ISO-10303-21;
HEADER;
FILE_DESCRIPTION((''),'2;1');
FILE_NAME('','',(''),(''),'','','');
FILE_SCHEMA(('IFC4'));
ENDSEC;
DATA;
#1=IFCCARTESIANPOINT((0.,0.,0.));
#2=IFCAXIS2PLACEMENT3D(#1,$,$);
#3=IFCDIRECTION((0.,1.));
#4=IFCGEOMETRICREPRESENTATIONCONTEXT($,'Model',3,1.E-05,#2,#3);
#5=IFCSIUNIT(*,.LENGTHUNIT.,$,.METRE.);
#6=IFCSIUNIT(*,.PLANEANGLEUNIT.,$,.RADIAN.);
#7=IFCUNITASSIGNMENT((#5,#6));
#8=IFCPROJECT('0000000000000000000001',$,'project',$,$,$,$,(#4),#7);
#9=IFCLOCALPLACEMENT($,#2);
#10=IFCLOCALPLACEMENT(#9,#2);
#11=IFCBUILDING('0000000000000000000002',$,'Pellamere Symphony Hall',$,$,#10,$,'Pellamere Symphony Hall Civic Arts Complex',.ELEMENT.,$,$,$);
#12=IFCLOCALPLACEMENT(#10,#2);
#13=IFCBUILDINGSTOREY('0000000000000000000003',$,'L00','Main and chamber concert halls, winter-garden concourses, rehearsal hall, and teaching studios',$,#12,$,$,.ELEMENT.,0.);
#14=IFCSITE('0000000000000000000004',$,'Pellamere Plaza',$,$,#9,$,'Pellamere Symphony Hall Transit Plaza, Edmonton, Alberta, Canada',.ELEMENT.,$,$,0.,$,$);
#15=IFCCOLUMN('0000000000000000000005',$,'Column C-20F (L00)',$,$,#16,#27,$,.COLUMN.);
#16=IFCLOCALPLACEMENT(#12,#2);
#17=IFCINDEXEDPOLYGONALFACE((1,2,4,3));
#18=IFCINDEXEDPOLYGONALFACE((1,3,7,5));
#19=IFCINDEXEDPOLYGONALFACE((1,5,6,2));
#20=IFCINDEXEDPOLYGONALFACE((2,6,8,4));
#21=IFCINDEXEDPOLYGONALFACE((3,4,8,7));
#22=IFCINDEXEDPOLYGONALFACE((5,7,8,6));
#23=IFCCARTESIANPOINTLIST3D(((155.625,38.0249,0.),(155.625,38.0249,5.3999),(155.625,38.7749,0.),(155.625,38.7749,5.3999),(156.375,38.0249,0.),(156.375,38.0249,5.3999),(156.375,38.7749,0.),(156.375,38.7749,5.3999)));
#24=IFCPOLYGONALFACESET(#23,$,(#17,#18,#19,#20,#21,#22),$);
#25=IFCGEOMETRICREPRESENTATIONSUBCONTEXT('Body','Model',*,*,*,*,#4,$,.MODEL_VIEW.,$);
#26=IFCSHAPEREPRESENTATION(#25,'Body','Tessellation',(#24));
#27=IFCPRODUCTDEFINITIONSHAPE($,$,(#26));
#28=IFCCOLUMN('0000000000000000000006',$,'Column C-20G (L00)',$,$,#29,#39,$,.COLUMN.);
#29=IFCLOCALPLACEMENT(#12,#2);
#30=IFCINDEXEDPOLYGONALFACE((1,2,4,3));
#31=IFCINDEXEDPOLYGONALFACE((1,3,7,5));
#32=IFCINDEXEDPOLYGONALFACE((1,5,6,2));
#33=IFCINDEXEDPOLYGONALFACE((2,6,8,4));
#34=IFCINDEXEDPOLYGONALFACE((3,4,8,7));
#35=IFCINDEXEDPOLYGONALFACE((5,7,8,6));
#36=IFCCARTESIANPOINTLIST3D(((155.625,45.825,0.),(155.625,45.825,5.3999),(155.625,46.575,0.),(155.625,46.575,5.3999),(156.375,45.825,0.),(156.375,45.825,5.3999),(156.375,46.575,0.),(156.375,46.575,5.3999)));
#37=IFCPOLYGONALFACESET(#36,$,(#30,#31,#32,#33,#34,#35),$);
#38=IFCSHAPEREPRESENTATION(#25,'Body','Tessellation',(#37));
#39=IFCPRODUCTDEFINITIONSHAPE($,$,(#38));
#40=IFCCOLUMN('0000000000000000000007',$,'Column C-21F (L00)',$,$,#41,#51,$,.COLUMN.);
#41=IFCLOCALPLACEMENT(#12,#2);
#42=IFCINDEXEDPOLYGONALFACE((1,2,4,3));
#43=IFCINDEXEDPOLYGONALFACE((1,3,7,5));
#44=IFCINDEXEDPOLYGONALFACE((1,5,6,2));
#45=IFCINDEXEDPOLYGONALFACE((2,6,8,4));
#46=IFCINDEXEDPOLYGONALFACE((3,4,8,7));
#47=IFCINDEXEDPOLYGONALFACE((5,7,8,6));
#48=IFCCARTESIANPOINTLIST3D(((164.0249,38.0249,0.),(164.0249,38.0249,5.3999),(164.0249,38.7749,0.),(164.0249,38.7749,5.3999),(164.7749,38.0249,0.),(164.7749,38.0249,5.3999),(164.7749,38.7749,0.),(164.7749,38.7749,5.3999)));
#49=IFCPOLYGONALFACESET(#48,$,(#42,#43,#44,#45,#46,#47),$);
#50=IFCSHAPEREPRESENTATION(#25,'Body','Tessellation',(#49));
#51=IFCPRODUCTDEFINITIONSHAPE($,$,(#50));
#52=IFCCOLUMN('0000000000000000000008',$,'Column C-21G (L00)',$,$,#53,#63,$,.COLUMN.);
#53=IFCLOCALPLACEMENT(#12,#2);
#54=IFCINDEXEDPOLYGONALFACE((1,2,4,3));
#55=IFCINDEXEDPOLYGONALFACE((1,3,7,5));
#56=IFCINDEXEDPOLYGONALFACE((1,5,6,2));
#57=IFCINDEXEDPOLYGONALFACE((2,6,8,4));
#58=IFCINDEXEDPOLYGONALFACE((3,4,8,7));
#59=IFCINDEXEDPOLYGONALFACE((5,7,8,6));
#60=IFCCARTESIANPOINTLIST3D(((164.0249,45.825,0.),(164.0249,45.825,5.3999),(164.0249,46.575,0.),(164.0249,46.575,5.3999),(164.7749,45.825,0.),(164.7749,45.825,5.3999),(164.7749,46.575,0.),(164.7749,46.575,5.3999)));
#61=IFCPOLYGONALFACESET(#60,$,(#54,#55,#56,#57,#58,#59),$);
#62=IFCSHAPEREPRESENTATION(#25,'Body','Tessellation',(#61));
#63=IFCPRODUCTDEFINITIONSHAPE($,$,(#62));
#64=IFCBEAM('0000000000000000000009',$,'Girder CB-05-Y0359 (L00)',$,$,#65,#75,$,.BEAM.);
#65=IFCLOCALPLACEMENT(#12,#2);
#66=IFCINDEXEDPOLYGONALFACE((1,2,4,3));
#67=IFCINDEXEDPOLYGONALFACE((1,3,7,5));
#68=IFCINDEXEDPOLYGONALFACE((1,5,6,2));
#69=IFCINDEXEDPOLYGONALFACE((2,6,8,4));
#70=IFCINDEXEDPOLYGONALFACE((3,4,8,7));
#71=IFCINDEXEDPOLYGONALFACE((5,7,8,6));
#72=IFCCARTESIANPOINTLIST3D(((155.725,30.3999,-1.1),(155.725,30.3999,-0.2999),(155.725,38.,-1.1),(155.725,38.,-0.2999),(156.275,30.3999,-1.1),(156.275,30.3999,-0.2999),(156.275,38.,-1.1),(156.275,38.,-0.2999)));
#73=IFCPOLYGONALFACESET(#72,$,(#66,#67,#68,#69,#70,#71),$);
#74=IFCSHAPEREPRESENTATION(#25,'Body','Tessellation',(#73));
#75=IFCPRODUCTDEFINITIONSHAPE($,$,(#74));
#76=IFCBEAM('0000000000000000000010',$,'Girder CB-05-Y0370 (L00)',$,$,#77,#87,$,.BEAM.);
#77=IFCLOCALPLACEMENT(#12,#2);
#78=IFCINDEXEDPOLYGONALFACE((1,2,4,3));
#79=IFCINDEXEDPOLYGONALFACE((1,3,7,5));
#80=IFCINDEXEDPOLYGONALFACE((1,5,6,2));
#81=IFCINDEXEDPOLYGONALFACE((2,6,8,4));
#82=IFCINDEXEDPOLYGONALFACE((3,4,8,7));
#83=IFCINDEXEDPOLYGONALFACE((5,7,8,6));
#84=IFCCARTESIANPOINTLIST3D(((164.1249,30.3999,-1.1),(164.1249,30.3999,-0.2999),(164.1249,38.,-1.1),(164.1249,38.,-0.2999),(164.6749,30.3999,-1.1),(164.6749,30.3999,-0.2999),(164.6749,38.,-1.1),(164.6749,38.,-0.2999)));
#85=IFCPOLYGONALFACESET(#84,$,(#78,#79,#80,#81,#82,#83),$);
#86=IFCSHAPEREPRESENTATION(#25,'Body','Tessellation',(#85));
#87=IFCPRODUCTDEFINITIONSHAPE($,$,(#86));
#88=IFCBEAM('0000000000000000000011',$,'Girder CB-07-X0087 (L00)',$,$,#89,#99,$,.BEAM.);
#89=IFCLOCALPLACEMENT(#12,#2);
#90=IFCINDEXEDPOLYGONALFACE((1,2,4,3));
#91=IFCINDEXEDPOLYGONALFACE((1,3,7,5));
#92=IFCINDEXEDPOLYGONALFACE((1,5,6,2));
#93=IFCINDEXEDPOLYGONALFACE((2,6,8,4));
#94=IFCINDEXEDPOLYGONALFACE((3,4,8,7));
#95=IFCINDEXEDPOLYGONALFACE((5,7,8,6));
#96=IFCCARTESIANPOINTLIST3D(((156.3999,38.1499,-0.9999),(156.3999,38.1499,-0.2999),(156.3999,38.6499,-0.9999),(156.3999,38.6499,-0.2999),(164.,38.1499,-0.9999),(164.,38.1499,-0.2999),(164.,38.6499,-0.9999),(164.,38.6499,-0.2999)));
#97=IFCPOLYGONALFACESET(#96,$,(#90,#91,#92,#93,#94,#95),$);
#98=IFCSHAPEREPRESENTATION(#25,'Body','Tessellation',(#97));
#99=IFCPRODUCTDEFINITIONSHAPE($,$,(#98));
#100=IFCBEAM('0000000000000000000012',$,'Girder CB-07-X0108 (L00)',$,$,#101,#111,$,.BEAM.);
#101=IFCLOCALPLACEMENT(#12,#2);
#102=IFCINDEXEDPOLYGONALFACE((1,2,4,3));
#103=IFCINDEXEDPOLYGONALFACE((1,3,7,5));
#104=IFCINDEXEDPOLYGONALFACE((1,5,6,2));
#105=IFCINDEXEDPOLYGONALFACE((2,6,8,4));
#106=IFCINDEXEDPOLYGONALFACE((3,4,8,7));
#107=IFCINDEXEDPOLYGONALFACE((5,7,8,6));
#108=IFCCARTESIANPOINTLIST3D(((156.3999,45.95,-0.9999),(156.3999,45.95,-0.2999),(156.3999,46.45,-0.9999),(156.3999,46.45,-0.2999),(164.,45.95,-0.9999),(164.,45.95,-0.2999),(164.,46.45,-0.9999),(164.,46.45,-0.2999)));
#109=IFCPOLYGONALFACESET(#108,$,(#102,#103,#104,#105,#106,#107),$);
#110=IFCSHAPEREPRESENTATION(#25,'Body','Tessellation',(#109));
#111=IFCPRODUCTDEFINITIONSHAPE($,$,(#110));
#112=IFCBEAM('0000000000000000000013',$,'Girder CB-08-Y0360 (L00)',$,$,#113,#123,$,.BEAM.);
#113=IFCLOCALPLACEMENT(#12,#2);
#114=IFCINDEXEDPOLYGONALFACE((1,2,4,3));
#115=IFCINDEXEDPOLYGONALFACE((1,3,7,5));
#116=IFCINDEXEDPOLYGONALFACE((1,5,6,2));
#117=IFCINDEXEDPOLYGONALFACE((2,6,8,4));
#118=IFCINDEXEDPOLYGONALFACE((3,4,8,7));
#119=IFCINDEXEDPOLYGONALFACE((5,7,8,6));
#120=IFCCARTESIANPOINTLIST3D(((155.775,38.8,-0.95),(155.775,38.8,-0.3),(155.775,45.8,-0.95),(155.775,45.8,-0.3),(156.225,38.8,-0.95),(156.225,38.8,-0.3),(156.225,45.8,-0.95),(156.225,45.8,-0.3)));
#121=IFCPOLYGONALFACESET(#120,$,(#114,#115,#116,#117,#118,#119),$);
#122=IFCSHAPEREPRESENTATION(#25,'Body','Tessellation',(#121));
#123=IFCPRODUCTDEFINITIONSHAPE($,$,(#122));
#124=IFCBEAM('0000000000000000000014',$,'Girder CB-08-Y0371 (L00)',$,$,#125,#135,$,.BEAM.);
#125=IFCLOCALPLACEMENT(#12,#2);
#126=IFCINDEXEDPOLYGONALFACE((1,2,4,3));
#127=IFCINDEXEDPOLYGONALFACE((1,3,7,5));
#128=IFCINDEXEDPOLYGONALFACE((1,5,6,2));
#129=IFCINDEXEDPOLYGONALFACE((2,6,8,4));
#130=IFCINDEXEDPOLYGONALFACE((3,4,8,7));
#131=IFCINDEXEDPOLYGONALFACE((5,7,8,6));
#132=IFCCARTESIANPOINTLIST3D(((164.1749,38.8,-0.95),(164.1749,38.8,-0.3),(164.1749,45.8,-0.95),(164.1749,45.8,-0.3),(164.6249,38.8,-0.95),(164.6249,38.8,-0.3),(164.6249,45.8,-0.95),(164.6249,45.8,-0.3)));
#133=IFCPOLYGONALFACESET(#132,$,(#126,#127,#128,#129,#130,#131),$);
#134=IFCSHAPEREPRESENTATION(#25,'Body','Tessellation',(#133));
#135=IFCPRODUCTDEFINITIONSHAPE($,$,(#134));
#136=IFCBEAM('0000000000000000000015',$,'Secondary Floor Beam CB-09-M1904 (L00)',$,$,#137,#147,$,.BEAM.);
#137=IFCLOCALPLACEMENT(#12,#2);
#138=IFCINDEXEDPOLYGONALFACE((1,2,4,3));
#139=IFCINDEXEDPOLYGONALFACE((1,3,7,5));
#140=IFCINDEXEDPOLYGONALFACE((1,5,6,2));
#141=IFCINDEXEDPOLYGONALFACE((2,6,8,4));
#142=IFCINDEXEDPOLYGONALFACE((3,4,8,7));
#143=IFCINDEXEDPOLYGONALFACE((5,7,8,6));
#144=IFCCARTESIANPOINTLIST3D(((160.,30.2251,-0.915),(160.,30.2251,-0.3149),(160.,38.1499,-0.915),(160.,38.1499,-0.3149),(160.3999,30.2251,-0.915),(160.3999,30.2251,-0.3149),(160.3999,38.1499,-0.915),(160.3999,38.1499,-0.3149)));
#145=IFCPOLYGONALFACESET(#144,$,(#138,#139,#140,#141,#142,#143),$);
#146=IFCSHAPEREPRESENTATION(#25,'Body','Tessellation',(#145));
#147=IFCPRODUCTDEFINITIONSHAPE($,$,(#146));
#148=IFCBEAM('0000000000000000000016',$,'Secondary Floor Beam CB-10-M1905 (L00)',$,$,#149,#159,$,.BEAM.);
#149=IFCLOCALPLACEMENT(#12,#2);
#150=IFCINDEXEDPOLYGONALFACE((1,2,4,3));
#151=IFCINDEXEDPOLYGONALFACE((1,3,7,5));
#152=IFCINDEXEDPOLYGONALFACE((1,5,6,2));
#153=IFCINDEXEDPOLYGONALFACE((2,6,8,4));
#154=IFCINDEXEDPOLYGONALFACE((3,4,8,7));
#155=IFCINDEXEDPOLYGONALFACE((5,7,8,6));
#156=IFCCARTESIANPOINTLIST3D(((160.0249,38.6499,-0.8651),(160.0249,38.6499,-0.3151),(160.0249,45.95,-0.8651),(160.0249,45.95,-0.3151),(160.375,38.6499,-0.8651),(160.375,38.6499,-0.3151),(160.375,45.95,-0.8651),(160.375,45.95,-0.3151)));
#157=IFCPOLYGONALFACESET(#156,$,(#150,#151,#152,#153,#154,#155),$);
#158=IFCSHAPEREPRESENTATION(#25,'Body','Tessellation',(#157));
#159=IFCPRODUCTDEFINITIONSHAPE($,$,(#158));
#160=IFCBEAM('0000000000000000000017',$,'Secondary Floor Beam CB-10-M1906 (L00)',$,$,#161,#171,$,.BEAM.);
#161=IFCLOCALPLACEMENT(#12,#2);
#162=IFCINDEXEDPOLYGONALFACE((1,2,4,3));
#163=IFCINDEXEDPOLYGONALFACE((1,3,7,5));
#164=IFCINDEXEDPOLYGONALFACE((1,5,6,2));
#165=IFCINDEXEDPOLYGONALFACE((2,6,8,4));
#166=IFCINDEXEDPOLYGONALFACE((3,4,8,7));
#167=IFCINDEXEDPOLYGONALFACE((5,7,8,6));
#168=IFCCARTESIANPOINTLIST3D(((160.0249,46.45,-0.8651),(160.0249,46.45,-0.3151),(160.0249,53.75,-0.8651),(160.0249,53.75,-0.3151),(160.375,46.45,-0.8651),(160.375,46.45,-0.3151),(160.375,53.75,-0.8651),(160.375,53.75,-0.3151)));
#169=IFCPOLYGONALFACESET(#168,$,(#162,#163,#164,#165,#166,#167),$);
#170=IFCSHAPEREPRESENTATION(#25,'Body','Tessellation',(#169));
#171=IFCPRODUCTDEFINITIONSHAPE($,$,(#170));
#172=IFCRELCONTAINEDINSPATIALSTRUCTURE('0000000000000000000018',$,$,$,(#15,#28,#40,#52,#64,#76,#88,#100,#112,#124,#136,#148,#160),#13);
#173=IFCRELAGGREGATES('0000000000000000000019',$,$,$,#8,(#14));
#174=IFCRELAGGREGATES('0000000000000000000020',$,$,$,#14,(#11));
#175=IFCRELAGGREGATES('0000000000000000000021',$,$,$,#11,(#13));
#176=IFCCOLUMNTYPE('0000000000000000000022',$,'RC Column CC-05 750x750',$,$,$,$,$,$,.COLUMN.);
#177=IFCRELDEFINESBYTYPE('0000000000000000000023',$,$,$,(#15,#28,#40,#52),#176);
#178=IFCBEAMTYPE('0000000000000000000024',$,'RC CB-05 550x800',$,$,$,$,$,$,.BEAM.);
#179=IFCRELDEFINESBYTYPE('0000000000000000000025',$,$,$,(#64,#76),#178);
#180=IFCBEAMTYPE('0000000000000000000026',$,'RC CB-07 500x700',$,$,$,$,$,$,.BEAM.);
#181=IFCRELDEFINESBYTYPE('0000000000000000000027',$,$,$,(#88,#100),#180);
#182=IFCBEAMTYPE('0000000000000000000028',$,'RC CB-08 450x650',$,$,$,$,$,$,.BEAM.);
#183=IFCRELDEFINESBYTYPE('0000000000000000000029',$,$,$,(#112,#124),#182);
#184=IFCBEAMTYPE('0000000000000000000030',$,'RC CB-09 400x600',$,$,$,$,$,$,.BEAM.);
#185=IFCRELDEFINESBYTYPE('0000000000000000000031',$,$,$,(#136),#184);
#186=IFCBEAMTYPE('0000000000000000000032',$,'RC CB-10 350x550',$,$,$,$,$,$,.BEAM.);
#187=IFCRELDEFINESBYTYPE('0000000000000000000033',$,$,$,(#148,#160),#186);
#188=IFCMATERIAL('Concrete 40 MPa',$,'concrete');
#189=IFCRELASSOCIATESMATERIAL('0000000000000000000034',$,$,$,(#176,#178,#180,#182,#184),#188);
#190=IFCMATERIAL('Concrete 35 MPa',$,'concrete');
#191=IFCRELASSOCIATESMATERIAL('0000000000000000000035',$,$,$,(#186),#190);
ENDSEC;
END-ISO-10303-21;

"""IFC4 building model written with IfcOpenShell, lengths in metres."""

from ifc_helpers import new_model, si_unit, direction, frame, origin, origin_2d, place, context, subcontext, project, spatial, rectangle, extrude, material, material_profile, profile_set, type_object, element, save


model = new_model("IFC4")

# Units and contexts
model_context = context("Model", 3, precision=1e-05, world=origin(), true_north=direction((0.0, 1.0)))
body_context = subcontext(model_context, "Body", "Model", "MODEL_VIEW")
ifc_project = project(units=[si_unit("LENGTHUNIT", "METRE"), si_unit("PLANEANGLEUNIT", "RADIAN")], contexts=[model_context])

# Site, building, storey
site_placement = place(None, origin())
site = spatial("IfcSite", under=ifc_project, at=site_placement, Name="Pellamere Plaza", LongName="Pellamere Symphony Hall Transit Plaza, Edmonton, Alberta, Canada", CompositionType="ELEMENT", RefElevation=0.0)
building_placement = place(site_placement, origin())
building = spatial("IfcBuilding", under=site, at=building_placement, Name="Pellamere Symphony Hall", LongName="Pellamere Symphony Hall Civic Arts Complex", CompositionType="ELEMENT")
storey_placement = place(building_placement, origin())
storey = spatial("IfcBuildingStorey", under=building, at=storey_placement, Name="L00", Description="Main and chamber concert halls, winter-garden concourses, rehearsal hall, and teaching studios", CompositionType="ELEMENT", Elevation=0.0)

# Columns
ifc_material_1 = material(Name="Concrete 40 MPa", Category="concrete")
ifc_material_profile_1 = material_profile(ifc_material_1, rectangle(XDim=0.75, YDim=0.75, at=origin_2d()), Name="RC 750x750")
ifc_profile_set_1 = profile_set([ifc_material_profile_1], Name="Concrete 40 MPa")
column_type = type_object("IfcColumnType", Name="RC Column CC-05 750x750", PredefinedType="COLUMN", material=ifc_profile_set_1)
for number, where, z_axis, x_axis, name in (
    (1, (156.0, 38.3999, 0.0), (0.0, 0.0, 1.0), (1.0, 0.0, 0.0), "Column C-20F (L00)"),
    (2, (156.0, 46.2, 0.0), (0.0, 0.0, 1.0), (1.0, 0.0, 0.0), "Column C-20G (L00)"),
    (3, (164.3999, 38.3999, 0.0), (0.0, 0.0, 1.0), (1.0, 0.0, 0.0), "Column C-21F (L00)"),
    (4, (164.3999, 46.2, 0.0), (0.0, 0.0, 1.0), (1.0, 0.0, 0.0), "Column C-21G (L00)"),
):
    element("IfcColumn", number, at=place(storey_placement, frame(where, z_axis=z_axis, x_axis=x_axis)), inside=storey, type_object=column_type, Name=name, PredefinedType="COLUMN", context=body_context, shape_type="SweptSolid", body=[
        extrude(rectangle(XDim=0.75, YDim=0.75, at=origin_2d()), origin(), (0.0, 0.0, 1.0), 5.3999),
    ])

# Beams
ifc_material_profile_2 = material_profile(ifc_material_1, rectangle(XDim=0.55, YDim=0.8, at=origin_2d()), Name="RC 550x800")
ifc_profile_set_2 = profile_set([ifc_material_profile_2], Name="Concrete 40 MPa")
beam_type_1 = type_object("IfcBeamType", Name="RC CB-05 550x800", PredefinedType="BEAM", material=ifc_profile_set_2)
for number, where, z_axis, x_axis, name in (
    (5, (156.0, 30.3999, -0.7), (0.0, 1.0, 0.0), (-1.0, 0.0, 0.0), "Girder CB-05-Y0359 (L00)"),
    (6, (164.3999, 30.3999, -0.7), (0.0, 1.0, 0.0), (-1.0, 0.0, 0.0), "Girder CB-05-Y0370 (L00)"),
):
    element("IfcBeam", number, at=place(storey_placement, frame(where, z_axis=z_axis, x_axis=x_axis)), inside=storey, type_object=beam_type_1, Name=name, PredefinedType="BEAM", context=body_context, shape_type="SweptSolid", body=[
        extrude(rectangle(XDim=0.55, YDim=0.8, at=origin_2d()), origin(), (0.0, 0.0, 1.0), 7.6001),
    ])
ifc_material_profile_3 = material_profile(ifc_material_1, rectangle(XDim=0.5, YDim=0.7, at=origin_2d()), Name="RC 500x700")
ifc_profile_set_3 = profile_set([ifc_material_profile_3], Name="Concrete 40 MPa")
beam_type_2 = type_object("IfcBeamType", Name="RC CB-07 500x700", PredefinedType="BEAM", material=ifc_profile_set_3)
for number, where, z_axis, x_axis, name in (
    (7, (156.3999, 38.3999, -0.6499), (1.0, 0.0, 0.0), (0.0, 1.0, 0.0), "Girder CB-07-X0087 (L00)"),
    (8, (156.3999, 46.2, -0.6499), (1.0, 0.0, 0.0), (0.0, 1.0, 0.0), "Girder CB-07-X0108 (L00)"),
):
    element("IfcBeam", number, at=place(storey_placement, frame(where, z_axis=z_axis, x_axis=x_axis)), inside=storey, type_object=beam_type_2, Name=name, PredefinedType="BEAM", context=body_context, shape_type="SweptSolid", body=[
        extrude(rectangle(XDim=0.5, YDim=0.7, at=origin_2d()), origin(), (0.0, 0.0, 1.0), 7.6001),
    ])
ifc_material_profile_4 = material_profile(ifc_material_1, rectangle(XDim=0.45, YDim=0.6499, at=origin_2d()), Name="RC 450x650")
ifc_profile_set_4 = profile_set([ifc_material_profile_4], Name="Concrete 40 MPa")
beam_type_3 = type_object("IfcBeamType", Name="RC CB-08 450x650", PredefinedType="BEAM", material=ifc_profile_set_4)
for number, where, z_axis, x_axis, name in (
    (9, (156.0, 38.8, -0.625), (0.0, 1.0, 0.0), (-1.0, 0.0, 0.0), "Girder CB-08-Y0360 (L00)"),
    (10, (164.3999, 38.8, -0.625), (0.0, 1.0, 0.0), (-1.0, 0.0, 0.0), "Girder CB-08-Y0371 (L00)"),
):
    element("IfcBeam", number, at=place(storey_placement, frame(where, z_axis=z_axis, x_axis=x_axis)), inside=storey, type_object=beam_type_3, Name=name, PredefinedType="BEAM", context=body_context, shape_type="SweptSolid", body=[
        extrude(rectangle(XDim=0.45, YDim=0.6499, at=origin_2d()), origin(), (0.0, 0.0, 1.0), 7.0),
    ])
ifc_material_profile_5 = material_profile(ifc_material_1, rectangle(XDim=0.3999, YDim=0.6001, at=origin_2d()), Name="RC 400x600")
ifc_profile_set_5 = profile_set([ifc_material_profile_5], Name="Concrete 40 MPa")
beam_type_4 = type_object("IfcBeamType", Name="RC CB-09 400x600", PredefinedType="BEAM", material=ifc_profile_set_5)
beam_placement = place(storey_placement, frame((160.2, 30.2251, -0.615), z_axis=(0.0, 1.0, 0.0), x_axis=(-1.0, 0.0, 0.0)))
element("IfcBeam", 11, at=beam_placement, inside=storey, type_object=beam_type_4, Name="Secondary Floor Beam CB-09-M1904 (L00)", PredefinedType="BEAM", context=body_context, shape_type="SweptSolid", body=[
    extrude(rectangle(XDim=0.3999, YDim=0.6001, at=origin_2d()), origin(), (0.0, 0.0, 1.0), 7.9248),
])
ifc_material_2 = material(Name="Concrete 35 MPa", Category="concrete")
ifc_material_profile_6 = material_profile(ifc_material_2, rectangle(XDim=0.3501, YDim=0.55, at=origin_2d()), Name="RC 350x550")
ifc_profile_set_6 = profile_set([ifc_material_profile_6], Name="Concrete 35 MPa")
beam_type_5 = type_object("IfcBeamType", Name="RC CB-10 350x550", PredefinedType="BEAM", material=ifc_profile_set_6)
for number, where, z_axis, x_axis, name in (
    (12, (160.2, 38.6499, -0.5901), (0.0, 1.0, 0.0), (-1.0, 0.0, 0.0), "Secondary Floor Beam CB-10-M1905 (L00)"),
    (13, (160.2, 46.45, -0.5901), (0.0, 1.0, 0.0), (-1.0, 0.0, 0.0), "Secondary Floor Beam CB-10-M1906 (L00)"),
):
    element("IfcBeam", number, at=place(storey_placement, frame(where, z_axis=z_axis, x_axis=x_axis)), inside=storey, type_object=beam_type_5, Name=name, PredefinedType="BEAM", context=body_context, shape_type="SweptSolid", body=[
        extrude(rectangle(XDim=0.3501, YDim=0.55, at=origin_2d()), origin(), (0.0, 0.0, 1.0), 7.3),
    ])

save(model, "model.ifc")
